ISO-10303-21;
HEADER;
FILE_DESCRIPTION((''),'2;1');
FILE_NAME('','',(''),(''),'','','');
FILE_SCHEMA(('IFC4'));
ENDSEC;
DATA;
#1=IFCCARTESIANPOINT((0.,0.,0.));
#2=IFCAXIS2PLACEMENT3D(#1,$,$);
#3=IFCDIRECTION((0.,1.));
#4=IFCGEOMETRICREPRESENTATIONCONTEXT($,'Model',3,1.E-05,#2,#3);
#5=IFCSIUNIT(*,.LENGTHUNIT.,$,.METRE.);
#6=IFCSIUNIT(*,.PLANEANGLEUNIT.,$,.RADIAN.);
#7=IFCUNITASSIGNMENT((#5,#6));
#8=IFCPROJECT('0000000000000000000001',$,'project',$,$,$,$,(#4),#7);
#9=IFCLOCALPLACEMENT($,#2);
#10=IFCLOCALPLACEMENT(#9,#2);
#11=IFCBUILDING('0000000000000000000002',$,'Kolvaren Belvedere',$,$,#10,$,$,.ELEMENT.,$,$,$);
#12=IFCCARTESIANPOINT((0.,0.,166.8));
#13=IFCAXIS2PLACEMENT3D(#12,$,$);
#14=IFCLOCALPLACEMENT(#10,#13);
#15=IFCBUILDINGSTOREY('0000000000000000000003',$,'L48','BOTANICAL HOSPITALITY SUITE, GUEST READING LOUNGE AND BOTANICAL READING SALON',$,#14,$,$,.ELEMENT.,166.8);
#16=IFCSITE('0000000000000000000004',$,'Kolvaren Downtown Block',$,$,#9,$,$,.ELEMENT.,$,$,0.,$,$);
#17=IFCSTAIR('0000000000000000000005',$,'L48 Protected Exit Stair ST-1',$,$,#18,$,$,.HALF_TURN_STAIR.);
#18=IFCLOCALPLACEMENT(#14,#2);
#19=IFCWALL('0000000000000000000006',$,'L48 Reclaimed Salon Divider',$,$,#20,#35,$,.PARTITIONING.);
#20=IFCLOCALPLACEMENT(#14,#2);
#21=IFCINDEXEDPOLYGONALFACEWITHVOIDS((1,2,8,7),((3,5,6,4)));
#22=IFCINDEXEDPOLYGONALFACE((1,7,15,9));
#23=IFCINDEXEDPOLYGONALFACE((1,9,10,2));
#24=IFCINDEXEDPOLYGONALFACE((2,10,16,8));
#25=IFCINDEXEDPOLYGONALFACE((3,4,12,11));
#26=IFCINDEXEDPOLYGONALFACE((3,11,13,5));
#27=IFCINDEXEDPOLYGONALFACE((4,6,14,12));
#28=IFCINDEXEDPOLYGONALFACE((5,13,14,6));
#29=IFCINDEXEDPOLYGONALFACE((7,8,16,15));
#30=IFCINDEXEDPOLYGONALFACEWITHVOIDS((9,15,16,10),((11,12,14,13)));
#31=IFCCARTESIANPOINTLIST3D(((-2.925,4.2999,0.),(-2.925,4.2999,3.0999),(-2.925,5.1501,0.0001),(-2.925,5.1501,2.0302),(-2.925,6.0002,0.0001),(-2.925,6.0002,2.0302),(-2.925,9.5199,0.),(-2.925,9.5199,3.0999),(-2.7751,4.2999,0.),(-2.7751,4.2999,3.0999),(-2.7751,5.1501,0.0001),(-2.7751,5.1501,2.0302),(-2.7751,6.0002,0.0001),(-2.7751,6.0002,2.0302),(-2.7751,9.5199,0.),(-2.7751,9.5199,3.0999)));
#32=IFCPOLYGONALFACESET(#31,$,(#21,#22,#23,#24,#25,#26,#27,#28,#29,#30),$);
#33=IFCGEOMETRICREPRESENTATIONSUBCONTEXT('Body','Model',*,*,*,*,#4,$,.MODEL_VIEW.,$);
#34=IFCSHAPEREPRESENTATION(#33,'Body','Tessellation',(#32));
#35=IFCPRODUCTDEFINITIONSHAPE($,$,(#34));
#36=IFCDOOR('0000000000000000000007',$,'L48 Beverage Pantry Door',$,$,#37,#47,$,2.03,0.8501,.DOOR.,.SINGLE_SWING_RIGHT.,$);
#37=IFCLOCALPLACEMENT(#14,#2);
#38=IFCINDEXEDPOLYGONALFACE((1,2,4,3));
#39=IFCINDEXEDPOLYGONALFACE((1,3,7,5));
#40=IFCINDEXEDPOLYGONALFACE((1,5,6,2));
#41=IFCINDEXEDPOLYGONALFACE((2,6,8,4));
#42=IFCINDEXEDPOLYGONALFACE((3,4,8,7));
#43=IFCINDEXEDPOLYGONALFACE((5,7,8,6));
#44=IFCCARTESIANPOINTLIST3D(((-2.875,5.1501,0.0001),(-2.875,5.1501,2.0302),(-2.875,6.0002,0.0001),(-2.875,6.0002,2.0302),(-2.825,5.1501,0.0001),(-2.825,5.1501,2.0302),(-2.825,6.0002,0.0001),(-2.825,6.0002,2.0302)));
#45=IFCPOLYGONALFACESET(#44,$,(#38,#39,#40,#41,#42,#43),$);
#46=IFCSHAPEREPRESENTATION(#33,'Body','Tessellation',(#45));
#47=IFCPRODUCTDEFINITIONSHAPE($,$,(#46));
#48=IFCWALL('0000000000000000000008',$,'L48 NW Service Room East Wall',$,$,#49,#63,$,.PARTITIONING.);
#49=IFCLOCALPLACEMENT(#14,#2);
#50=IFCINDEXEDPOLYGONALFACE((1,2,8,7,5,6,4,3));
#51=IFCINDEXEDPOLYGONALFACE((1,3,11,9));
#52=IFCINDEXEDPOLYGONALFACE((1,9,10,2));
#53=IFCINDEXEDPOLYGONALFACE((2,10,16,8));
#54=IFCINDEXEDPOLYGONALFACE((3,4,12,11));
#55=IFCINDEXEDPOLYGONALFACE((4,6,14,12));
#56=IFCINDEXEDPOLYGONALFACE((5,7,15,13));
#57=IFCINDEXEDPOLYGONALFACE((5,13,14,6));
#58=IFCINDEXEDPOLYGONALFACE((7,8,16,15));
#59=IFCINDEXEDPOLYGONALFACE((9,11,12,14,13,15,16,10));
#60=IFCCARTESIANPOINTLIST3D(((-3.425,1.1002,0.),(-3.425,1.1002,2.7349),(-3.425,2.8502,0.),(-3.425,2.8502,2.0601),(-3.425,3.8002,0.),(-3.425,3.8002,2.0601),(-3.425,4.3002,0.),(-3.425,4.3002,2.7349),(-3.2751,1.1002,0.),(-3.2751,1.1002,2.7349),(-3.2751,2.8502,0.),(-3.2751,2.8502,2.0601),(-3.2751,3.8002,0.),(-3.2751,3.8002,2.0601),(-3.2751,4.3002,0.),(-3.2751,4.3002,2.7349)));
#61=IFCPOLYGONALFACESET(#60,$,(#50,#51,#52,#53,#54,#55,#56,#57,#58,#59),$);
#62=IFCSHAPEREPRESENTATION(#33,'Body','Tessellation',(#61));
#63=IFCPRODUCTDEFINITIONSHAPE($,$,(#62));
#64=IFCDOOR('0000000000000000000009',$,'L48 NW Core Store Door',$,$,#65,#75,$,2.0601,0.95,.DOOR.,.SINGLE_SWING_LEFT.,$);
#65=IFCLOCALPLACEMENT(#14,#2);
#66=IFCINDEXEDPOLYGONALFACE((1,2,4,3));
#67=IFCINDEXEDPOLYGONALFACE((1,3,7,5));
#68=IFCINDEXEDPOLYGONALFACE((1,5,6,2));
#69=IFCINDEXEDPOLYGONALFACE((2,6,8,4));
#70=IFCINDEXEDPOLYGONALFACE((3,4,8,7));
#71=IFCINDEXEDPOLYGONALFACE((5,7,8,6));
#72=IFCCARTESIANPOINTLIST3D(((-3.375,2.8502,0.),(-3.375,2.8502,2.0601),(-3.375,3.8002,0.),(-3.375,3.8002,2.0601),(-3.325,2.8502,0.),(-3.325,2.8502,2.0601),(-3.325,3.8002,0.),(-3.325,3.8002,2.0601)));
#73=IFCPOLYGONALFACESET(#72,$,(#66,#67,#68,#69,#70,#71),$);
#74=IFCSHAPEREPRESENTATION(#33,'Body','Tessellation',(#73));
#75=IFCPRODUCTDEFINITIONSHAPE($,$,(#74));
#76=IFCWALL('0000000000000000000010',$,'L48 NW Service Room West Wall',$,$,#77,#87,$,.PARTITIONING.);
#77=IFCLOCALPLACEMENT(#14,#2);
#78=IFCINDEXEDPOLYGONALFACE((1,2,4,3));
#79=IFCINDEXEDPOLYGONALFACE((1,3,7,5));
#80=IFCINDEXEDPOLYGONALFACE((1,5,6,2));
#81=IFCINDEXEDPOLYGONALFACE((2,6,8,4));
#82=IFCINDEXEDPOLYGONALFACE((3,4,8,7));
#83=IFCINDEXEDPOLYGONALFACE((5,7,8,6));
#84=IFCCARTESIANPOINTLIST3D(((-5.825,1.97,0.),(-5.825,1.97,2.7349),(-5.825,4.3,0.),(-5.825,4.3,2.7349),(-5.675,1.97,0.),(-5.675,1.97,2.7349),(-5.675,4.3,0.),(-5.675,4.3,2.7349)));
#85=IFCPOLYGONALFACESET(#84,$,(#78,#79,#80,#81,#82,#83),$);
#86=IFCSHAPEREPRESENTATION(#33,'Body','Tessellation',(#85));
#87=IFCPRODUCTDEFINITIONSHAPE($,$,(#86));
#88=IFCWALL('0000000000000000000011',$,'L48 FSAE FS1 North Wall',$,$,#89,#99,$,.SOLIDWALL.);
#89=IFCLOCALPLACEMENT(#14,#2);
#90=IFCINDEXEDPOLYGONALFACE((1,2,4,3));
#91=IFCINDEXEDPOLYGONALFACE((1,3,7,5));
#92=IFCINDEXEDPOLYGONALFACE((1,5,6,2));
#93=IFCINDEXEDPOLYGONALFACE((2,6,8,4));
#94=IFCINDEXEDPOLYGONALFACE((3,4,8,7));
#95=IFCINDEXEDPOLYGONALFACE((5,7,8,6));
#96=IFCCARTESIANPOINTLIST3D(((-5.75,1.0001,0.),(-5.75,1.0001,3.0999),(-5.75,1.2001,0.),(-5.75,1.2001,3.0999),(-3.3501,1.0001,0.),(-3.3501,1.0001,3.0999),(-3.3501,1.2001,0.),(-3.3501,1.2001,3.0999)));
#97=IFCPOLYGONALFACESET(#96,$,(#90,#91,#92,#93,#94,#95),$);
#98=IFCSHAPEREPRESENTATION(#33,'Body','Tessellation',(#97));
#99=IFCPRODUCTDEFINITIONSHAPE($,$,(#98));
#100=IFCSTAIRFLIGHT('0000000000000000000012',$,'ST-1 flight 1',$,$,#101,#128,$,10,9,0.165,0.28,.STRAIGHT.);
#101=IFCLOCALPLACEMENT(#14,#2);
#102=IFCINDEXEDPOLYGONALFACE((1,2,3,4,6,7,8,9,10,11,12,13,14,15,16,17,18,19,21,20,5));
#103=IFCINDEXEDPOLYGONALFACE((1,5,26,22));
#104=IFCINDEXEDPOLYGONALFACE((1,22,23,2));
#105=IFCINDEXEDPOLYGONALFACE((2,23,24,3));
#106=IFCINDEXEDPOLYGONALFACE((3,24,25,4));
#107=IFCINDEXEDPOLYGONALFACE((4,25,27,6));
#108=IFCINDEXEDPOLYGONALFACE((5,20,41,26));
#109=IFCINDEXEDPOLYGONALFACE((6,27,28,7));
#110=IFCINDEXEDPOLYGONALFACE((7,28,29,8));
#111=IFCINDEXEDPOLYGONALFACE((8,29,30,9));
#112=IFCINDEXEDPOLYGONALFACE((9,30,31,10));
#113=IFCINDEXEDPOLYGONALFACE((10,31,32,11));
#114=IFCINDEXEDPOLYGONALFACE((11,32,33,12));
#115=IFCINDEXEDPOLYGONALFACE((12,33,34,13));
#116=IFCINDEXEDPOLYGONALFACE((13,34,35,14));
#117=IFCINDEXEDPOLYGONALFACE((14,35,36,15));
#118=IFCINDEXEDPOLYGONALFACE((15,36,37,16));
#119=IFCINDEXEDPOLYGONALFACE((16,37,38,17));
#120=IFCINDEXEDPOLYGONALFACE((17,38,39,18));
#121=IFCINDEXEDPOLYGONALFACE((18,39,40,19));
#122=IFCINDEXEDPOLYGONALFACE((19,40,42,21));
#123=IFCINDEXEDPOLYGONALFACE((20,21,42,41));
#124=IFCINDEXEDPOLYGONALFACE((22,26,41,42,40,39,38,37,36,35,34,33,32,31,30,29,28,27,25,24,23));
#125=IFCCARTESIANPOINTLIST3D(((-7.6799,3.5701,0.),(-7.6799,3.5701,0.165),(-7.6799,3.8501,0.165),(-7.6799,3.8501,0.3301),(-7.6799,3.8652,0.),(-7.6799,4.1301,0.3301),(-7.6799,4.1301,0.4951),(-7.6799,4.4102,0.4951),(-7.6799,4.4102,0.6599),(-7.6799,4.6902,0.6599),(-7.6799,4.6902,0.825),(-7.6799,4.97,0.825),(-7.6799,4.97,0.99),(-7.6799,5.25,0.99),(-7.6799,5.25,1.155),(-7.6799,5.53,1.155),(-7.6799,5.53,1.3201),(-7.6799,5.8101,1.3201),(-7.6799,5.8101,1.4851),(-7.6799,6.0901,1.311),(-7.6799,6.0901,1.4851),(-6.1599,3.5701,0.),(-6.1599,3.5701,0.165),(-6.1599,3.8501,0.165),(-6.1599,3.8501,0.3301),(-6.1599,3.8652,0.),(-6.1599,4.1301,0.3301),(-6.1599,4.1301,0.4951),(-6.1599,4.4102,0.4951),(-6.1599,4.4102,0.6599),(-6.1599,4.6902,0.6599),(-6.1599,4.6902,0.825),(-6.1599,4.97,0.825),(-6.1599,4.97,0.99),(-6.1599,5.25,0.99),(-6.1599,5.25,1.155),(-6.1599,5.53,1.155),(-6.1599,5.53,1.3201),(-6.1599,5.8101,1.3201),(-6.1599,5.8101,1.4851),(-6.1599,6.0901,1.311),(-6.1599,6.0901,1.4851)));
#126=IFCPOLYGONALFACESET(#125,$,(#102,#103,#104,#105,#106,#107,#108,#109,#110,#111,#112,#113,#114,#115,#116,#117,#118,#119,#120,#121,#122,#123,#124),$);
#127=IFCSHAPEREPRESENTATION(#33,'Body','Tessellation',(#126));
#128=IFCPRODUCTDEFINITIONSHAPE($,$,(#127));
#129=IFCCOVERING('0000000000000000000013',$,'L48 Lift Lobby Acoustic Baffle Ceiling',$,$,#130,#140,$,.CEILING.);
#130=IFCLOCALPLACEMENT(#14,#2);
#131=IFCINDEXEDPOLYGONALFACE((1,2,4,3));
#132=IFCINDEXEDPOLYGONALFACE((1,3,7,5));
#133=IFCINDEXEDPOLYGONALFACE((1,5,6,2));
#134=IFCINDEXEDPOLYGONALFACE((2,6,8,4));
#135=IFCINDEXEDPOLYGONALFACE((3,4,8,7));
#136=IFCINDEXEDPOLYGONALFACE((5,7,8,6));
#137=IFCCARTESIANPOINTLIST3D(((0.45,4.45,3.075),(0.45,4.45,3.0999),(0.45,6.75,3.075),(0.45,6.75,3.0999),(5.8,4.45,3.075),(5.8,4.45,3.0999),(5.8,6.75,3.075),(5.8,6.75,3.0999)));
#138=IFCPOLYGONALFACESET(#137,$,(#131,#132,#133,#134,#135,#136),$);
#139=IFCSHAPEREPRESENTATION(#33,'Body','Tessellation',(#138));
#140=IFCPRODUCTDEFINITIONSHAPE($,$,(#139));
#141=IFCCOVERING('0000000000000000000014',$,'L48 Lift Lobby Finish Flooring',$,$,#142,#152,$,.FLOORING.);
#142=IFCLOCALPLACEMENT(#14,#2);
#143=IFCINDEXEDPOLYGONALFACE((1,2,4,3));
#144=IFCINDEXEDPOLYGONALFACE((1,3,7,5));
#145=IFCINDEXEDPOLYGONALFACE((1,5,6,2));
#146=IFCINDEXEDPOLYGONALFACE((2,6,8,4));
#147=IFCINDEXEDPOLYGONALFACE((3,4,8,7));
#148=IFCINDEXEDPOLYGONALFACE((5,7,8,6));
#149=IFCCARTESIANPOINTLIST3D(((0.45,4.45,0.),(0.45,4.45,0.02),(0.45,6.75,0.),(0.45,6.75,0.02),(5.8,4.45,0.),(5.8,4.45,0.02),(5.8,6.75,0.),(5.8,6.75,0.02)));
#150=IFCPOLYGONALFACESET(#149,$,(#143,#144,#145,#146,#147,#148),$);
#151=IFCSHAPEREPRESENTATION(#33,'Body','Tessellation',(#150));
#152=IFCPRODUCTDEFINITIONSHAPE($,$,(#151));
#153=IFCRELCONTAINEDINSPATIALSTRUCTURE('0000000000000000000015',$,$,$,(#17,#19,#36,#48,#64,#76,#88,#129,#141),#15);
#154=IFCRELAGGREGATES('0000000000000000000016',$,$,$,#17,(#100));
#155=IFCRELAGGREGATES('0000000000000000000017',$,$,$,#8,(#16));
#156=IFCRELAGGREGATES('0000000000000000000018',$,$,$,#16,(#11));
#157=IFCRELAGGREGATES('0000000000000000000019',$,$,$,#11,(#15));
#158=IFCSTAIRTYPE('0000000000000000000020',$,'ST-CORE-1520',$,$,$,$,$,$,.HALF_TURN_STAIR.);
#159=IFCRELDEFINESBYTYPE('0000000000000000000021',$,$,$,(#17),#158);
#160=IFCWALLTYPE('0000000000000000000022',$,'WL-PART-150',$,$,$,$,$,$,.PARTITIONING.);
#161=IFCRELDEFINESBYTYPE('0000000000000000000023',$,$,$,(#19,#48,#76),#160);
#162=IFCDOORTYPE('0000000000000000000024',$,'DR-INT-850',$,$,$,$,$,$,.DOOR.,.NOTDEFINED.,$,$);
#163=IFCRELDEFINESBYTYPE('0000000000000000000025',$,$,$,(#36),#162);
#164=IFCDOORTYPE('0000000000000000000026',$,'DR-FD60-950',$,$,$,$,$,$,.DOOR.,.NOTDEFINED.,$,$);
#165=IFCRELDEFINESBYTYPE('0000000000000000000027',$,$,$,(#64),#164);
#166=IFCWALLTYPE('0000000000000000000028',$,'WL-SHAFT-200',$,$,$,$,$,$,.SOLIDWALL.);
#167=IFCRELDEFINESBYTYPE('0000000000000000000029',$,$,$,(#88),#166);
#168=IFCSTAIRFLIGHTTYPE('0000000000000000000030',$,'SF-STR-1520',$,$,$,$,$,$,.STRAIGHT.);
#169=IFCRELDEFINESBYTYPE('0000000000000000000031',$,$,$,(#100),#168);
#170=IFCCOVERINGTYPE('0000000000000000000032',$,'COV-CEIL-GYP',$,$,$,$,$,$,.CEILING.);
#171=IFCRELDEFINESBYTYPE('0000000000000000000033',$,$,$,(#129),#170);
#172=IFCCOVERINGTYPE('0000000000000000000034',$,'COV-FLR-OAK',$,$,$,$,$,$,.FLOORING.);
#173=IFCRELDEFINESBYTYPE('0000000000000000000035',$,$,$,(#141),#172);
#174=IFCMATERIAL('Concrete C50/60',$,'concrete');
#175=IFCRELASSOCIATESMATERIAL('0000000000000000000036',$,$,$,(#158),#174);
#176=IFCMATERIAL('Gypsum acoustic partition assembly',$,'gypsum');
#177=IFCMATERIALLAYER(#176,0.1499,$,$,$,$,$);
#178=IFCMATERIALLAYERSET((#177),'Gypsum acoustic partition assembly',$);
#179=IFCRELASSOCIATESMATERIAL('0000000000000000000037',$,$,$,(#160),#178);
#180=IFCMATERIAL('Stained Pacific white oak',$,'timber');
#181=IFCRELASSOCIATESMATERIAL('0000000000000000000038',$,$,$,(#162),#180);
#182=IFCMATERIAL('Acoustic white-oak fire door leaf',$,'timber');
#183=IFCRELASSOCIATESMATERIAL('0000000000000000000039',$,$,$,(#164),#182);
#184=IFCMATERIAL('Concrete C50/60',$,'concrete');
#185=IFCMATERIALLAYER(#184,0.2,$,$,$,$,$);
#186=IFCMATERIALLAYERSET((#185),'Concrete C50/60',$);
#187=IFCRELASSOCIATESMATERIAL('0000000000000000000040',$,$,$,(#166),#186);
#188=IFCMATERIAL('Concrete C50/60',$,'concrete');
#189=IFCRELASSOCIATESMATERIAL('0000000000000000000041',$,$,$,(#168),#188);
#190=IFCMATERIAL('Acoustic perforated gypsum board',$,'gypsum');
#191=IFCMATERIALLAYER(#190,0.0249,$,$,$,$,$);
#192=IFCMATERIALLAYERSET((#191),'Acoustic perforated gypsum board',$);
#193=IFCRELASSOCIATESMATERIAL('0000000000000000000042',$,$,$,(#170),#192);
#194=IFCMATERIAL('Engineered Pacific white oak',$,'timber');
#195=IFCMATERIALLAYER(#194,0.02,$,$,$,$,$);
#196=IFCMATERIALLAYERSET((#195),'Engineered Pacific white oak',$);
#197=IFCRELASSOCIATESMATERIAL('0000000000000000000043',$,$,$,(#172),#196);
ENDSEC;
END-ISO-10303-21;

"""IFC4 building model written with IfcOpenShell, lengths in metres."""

from ifc_helpers import new_model, si_unit, direction, frame, frame_2d, origin, place, context, subcontext, project, spatial, polyline, rectangle, outline, extrude, material, layer, layer_set, type_object, element, fill, aggregate, save


model = new_model("IFC4")

# Units and contexts
model_context = context("Model", 3, precision=1e-05, world=origin(), true_north=direction((0.0, 1.0)))
body_context = subcontext(model_context, "Body", "Model", "MODEL_VIEW")
ifc_project = project(units=[si_unit("LENGTHUNIT", "METRE"), si_unit("PLANEANGLEUNIT", "RADIAN")], contexts=[model_context])

# Site, building, storey
site_placement = place(None, origin())
site = spatial("IfcSite", under=ifc_project, at=site_placement, Name="Kolvaren Downtown Block", CompositionType="ELEMENT", RefElevation=0.0)
building_placement = place(site_placement, origin())
building = spatial("IfcBuilding", under=site, at=building_placement, Name="Kolvaren Belvedere", CompositionType="ELEMENT")
storey_placement = place(building_placement, frame((0.0, 0.0, 166.8)))
storey = spatial("IfcBuildingStorey", under=building, at=storey_placement, Name="L48", Description="BOTANICAL HOSPITALITY SUITE, GUEST READING LOUNGE AND BOTANICAL READING SALON", CompositionType="ELEMENT", Elevation=166.8)

# Stair
ifc_material_1 = material(Name="Concrete C50/60", Category="concrete")
stair_type = type_object("IfcStairType", Name="ST-CORE-1520", PredefinedType="HALF_TURN_STAIR", material=ifc_material_1)
stair_1_placement = place(storey_placement, origin())
stair_1 = element("IfcStair", 1, at=stair_1_placement, inside=storey, type_object=stair_type, Name="L48 Protected Exit Stair ST-1", PredefinedType="HALF_TURN_STAIR")

# Shared definitions
ifc_material_2 = material(Name="Gypsum acoustic partition assembly", Category="gypsum")
ifc_layer_1 = layer(ifc_material_2, 0.1499)
ifc_layer_set_1 = layer_set([ifc_layer_1], Name="Gypsum acoustic partition assembly")
wall_type_1 = type_object("IfcWallType", Name="WL-PART-150", PredefinedType="PARTITIONING", material=ifc_layer_set_1)

# Walls, openings, doors
wall_1_placement = place(storey_placement, frame((-2.8501, 4.3, 0.0), z_axis=(0.0, 0.0, 1.0), x_axis=(0.0, 1.0, 0.0)))
wall_1 = element("IfcWall", 2, at=wall_1_placement, inside=storey, type_object=wall_type_1, Name="L48 Reclaimed Salon Divider", PredefinedType="PARTITIONING", context=body_context, shape_type="SweptSolid", body=[
    extrude(rectangle(XDim=5.22, YDim=0.1499, at=frame_2d((2.6099, 0.0))), origin(), (0.0, 0.0, 1.0), 3.0999),
])
opening_1_placement = place(wall_1_placement, frame((0.8501, 0.0, 0.0)))
opening_1 = element("IfcOpeningElement", 3, at=opening_1_placement, cuts=wall_1, PredefinedType="OPENING", context=body_context, shape_type="SweptSolid", body=[
    extrude(rectangle(XDim=0.8501, YDim=2.03, at=frame_2d((0.425, 1.0151))), frame((0.0, 0.085, 0.0), z_axis=(0.0, -1.0, 0.0), x_axis=(1.0, 0.0, 0.0)), (0.0, 0.0, 1.0), 0.1699),
])
ifc_material_3 = material(Name="Stained Pacific white oak", Category="timber")
door_type_1 = type_object("IfcDoorType", Name="DR-INT-850", OperationType="NOTDEFINED", PredefinedType="DOOR", material=ifc_material_3)
door_1_placement = place(opening_1_placement, origin())
door_1 = element("IfcDoor", 4, at=door_1_placement, inside=storey, type_object=door_type_1, Name="L48 Beverage Pantry Door", OperationType="SINGLE_SWING_RIGHT", OverallHeight=2.03, OverallWidth=0.8501, PredefinedType="DOOR", context=body_context, shape_type="SweptSolid", body=[
    extrude(rectangle(XDim=0.8501, YDim=2.03, at=frame_2d((0.425, 1.0151))), frame((0.0, 0.0249, 0.0), z_axis=(0.0, -1.0, 0.0), x_axis=(1.0, 0.0, 0.0)), (0.0, 0.0, 1.0), 0.05),
])
fill(opening_1, door_1)
wall_2_placement = place(storey_placement, frame((-3.3501, 1.1001, 0.0), z_axis=(0.0, 0.0, 1.0), x_axis=(0.0, 1.0, 0.0)))
wall_2 = element("IfcWall", 5, at=wall_2_placement, inside=storey, type_object=wall_type_1, Name="L48 NW Service Room East Wall", PredefinedType="PARTITIONING", context=body_context, shape_type="SweptSolid", body=[
    extrude(rectangle(XDim=3.2, YDim=0.1499, at=frame_2d((1.6001, 0.0))), origin(), (0.0, 0.0, 1.0), 2.7349),
])
opening_2_placement = place(wall_2_placement, frame((1.75, 0.0, 0.0)))
opening_2 = element("IfcOpeningElement", 6, at=opening_2_placement, cuts=wall_2, PredefinedType="OPENING", context=body_context, shape_type="SweptSolid", body=[
    extrude(rectangle(XDim=0.95, YDim=2.0601, at=frame_2d((0.4751, 1.03))), frame((0.0, 0.085, 0.0), z_axis=(0.0, -1.0, 0.0), x_axis=(1.0, 0.0, 0.0)), (0.0, 0.0, 1.0), 0.1699),
])
ifc_material_4 = material(Name="Acoustic white-oak fire door leaf", Category="timber")
door_type_2 = type_object("IfcDoorType", Name="DR-FD60-950", OperationType="NOTDEFINED", PredefinedType="DOOR", material=ifc_material_4)
door_2_placement = place(opening_2_placement, origin())
door_2 = element("IfcDoor", 7, at=door_2_placement, inside=storey, type_object=door_type_2, Name="L48 NW Core Store Door", OperationType="SINGLE_SWING_LEFT", OverallHeight=2.0601, OverallWidth=0.95, PredefinedType="DOOR", context=body_context, shape_type="SweptSolid", body=[
    extrude(rectangle(XDim=0.95, YDim=2.0601, at=frame_2d((0.4751, 1.03))), frame((0.0, 0.0249, 0.0), z_axis=(0.0, -1.0, 0.0), x_axis=(1.0, 0.0, 0.0)), (0.0, 0.0, 1.0), 0.05),
])
fill(opening_2, door_2)

# Walls
wall_3_placement = place(storey_placement, frame((-5.75, 1.97, 0.0), z_axis=(0.0, 0.0, 1.0), x_axis=(0.0, 1.0, 0.0)))
element("IfcWall", 8, at=wall_3_placement, inside=storey, type_object=wall_type_1, Name="L48 NW Service Room West Wall", PredefinedType="PARTITIONING", context=body_context, shape_type="SweptSolid", body=[
    extrude(rectangle(XDim=2.3301, YDim=0.1499, at=frame_2d((1.165, 0.0))), origin(), (0.0, 0.0, 1.0), 2.7349),
])
ifc_material_5 = material(Name="Concrete C50/60", Category="concrete")
ifc_layer_2 = layer(ifc_material_5, 0.2)
ifc_layer_set_2 = layer_set([ifc_layer_2], Name="Concrete C50/60")
wall_type_2 = type_object("IfcWallType", Name="WL-SHAFT-200", PredefinedType="SOLIDWALL", material=ifc_layer_set_2)
wall_4_placement = place(storey_placement, frame((-5.75, 1.1001, 0.0), z_axis=(0.0, 0.0, 1.0), x_axis=(1.0, 0.0, 0.0)))
element("IfcWall", 9, at=wall_4_placement, inside=storey, type_object=wall_type_2, Name="L48 FSAE FS1 North Wall", PredefinedType="SOLIDWALL", context=body_context, shape_type="SweptSolid", body=[
    extrude(rectangle(XDim=2.3999, YDim=0.2, at=frame_2d((1.2, 0.0))), origin(), (0.0, 0.0, 1.0), 3.0999),
])

# Stair flight
ifc_material_6 = material(Name="Concrete C50/60", Category="concrete")
stair_flight_type = type_object("IfcStairFlightType", Name="SF-STR-1520", PredefinedType="STRAIGHT", material=ifc_material_6)
stair_flight_placement = place(storey_placement, frame((-6.9199, 3.5701, 0.0), z_axis=(0.0, 0.0, 1.0), x_axis=(0.0, 1.0, 0.0)))
stair_flight = element("IfcStairFlight", 10, at=stair_flight_placement, type_object=stair_flight_type, Name="ST-1 flight 1", NumberOfRisers=10, NumberOfTreads=9, PredefinedType="STRAIGHT", RiserHeight=0.165, TreadLength=0.28, context=body_context, shape_type="SweptSolid", body=[
    extrude(outline(polyline([(0.0, 0.0), (0.0, 0.165), (0.28, 0.165), (0.28, 0.3301), (0.5601, 0.3301), (0.5601, 0.4951), (0.8401, 0.4951), (0.8401, 0.6599), (1.1201, 0.6599), (1.1201, 0.825), (1.3999, 0.825), (1.3999, 0.99), (1.6799, 0.99), (1.6799, 1.155), (1.96, 1.155), (1.96, 1.3201), (2.24, 1.3201), (2.24, 1.4851), (2.52, 1.4851), (2.52, 1.6499), (2.52, 1.311), (0.2952, 0.0), (0.0, 0.0)])), frame((0.0, 0.76, 0.0), z_axis=(0.0, -1.0, 0.0), x_axis=(1.0, 0.0, 0.0)), (0.0, 0.0, 1.0), 1.52),
])
aggregate(stair_1, [stair_flight])

# Coverings
ifc_material_7 = material(Name="Acoustic perforated gypsum board", Category="gypsum")
ifc_layer_3 = layer(ifc_material_7, 0.0249)
ifc_layer_set_3 = layer_set([ifc_layer_3], Name="Acoustic perforated gypsum board")
covering_type_1 = type_object("IfcCoveringType", Name="COV-CEIL-GYP", PredefinedType="CEILING", material=ifc_layer_set_3)
covering_1_placement = place(storey_placement, frame((0.0, 0.0, 3.075)))
element("IfcCovering", 11, at=covering_1_placement, inside=storey, type_object=covering_type_1, Name="L48 Lift Lobby Acoustic Baffle Ceiling", PredefinedType="CEILING", context=body_context, shape_type="SweptSolid", body=[
    extrude(outline(polyline([(0.45, 4.45), (5.8, 4.45), (5.8, 6.75), (0.45, 6.75), (0.45, 4.45)])), origin(), (0.0, 0.0, 1.0), 0.0249),
])
ifc_material_8 = material(Name="Engineered Pacific white oak", Category="timber")
ifc_layer_4 = layer(ifc_material_8, 0.02)
ifc_layer_set_4 = layer_set([ifc_layer_4], Name="Engineered Pacific white oak")
covering_type_2 = type_object("IfcCoveringType", Name="COV-FLR-OAK", PredefinedType="FLOORING", material=ifc_layer_set_4)
covering_2_placement = place(storey_placement, origin())
element("IfcCovering", 12, at=covering_2_placement, inside=storey, type_object=covering_type_2, Name="L48 Lift Lobby Finish Flooring", PredefinedType="FLOORING", context=body_context, shape_type="SweptSolid", body=[
    extrude(outline(polyline([(0.45, 4.45), (5.8, 4.45), (5.8, 6.75), (0.45, 6.75), (0.45, 4.45)])), origin(), (0.0, 0.0, 1.0), 0.02),
])

save(model, "model.ifc")
